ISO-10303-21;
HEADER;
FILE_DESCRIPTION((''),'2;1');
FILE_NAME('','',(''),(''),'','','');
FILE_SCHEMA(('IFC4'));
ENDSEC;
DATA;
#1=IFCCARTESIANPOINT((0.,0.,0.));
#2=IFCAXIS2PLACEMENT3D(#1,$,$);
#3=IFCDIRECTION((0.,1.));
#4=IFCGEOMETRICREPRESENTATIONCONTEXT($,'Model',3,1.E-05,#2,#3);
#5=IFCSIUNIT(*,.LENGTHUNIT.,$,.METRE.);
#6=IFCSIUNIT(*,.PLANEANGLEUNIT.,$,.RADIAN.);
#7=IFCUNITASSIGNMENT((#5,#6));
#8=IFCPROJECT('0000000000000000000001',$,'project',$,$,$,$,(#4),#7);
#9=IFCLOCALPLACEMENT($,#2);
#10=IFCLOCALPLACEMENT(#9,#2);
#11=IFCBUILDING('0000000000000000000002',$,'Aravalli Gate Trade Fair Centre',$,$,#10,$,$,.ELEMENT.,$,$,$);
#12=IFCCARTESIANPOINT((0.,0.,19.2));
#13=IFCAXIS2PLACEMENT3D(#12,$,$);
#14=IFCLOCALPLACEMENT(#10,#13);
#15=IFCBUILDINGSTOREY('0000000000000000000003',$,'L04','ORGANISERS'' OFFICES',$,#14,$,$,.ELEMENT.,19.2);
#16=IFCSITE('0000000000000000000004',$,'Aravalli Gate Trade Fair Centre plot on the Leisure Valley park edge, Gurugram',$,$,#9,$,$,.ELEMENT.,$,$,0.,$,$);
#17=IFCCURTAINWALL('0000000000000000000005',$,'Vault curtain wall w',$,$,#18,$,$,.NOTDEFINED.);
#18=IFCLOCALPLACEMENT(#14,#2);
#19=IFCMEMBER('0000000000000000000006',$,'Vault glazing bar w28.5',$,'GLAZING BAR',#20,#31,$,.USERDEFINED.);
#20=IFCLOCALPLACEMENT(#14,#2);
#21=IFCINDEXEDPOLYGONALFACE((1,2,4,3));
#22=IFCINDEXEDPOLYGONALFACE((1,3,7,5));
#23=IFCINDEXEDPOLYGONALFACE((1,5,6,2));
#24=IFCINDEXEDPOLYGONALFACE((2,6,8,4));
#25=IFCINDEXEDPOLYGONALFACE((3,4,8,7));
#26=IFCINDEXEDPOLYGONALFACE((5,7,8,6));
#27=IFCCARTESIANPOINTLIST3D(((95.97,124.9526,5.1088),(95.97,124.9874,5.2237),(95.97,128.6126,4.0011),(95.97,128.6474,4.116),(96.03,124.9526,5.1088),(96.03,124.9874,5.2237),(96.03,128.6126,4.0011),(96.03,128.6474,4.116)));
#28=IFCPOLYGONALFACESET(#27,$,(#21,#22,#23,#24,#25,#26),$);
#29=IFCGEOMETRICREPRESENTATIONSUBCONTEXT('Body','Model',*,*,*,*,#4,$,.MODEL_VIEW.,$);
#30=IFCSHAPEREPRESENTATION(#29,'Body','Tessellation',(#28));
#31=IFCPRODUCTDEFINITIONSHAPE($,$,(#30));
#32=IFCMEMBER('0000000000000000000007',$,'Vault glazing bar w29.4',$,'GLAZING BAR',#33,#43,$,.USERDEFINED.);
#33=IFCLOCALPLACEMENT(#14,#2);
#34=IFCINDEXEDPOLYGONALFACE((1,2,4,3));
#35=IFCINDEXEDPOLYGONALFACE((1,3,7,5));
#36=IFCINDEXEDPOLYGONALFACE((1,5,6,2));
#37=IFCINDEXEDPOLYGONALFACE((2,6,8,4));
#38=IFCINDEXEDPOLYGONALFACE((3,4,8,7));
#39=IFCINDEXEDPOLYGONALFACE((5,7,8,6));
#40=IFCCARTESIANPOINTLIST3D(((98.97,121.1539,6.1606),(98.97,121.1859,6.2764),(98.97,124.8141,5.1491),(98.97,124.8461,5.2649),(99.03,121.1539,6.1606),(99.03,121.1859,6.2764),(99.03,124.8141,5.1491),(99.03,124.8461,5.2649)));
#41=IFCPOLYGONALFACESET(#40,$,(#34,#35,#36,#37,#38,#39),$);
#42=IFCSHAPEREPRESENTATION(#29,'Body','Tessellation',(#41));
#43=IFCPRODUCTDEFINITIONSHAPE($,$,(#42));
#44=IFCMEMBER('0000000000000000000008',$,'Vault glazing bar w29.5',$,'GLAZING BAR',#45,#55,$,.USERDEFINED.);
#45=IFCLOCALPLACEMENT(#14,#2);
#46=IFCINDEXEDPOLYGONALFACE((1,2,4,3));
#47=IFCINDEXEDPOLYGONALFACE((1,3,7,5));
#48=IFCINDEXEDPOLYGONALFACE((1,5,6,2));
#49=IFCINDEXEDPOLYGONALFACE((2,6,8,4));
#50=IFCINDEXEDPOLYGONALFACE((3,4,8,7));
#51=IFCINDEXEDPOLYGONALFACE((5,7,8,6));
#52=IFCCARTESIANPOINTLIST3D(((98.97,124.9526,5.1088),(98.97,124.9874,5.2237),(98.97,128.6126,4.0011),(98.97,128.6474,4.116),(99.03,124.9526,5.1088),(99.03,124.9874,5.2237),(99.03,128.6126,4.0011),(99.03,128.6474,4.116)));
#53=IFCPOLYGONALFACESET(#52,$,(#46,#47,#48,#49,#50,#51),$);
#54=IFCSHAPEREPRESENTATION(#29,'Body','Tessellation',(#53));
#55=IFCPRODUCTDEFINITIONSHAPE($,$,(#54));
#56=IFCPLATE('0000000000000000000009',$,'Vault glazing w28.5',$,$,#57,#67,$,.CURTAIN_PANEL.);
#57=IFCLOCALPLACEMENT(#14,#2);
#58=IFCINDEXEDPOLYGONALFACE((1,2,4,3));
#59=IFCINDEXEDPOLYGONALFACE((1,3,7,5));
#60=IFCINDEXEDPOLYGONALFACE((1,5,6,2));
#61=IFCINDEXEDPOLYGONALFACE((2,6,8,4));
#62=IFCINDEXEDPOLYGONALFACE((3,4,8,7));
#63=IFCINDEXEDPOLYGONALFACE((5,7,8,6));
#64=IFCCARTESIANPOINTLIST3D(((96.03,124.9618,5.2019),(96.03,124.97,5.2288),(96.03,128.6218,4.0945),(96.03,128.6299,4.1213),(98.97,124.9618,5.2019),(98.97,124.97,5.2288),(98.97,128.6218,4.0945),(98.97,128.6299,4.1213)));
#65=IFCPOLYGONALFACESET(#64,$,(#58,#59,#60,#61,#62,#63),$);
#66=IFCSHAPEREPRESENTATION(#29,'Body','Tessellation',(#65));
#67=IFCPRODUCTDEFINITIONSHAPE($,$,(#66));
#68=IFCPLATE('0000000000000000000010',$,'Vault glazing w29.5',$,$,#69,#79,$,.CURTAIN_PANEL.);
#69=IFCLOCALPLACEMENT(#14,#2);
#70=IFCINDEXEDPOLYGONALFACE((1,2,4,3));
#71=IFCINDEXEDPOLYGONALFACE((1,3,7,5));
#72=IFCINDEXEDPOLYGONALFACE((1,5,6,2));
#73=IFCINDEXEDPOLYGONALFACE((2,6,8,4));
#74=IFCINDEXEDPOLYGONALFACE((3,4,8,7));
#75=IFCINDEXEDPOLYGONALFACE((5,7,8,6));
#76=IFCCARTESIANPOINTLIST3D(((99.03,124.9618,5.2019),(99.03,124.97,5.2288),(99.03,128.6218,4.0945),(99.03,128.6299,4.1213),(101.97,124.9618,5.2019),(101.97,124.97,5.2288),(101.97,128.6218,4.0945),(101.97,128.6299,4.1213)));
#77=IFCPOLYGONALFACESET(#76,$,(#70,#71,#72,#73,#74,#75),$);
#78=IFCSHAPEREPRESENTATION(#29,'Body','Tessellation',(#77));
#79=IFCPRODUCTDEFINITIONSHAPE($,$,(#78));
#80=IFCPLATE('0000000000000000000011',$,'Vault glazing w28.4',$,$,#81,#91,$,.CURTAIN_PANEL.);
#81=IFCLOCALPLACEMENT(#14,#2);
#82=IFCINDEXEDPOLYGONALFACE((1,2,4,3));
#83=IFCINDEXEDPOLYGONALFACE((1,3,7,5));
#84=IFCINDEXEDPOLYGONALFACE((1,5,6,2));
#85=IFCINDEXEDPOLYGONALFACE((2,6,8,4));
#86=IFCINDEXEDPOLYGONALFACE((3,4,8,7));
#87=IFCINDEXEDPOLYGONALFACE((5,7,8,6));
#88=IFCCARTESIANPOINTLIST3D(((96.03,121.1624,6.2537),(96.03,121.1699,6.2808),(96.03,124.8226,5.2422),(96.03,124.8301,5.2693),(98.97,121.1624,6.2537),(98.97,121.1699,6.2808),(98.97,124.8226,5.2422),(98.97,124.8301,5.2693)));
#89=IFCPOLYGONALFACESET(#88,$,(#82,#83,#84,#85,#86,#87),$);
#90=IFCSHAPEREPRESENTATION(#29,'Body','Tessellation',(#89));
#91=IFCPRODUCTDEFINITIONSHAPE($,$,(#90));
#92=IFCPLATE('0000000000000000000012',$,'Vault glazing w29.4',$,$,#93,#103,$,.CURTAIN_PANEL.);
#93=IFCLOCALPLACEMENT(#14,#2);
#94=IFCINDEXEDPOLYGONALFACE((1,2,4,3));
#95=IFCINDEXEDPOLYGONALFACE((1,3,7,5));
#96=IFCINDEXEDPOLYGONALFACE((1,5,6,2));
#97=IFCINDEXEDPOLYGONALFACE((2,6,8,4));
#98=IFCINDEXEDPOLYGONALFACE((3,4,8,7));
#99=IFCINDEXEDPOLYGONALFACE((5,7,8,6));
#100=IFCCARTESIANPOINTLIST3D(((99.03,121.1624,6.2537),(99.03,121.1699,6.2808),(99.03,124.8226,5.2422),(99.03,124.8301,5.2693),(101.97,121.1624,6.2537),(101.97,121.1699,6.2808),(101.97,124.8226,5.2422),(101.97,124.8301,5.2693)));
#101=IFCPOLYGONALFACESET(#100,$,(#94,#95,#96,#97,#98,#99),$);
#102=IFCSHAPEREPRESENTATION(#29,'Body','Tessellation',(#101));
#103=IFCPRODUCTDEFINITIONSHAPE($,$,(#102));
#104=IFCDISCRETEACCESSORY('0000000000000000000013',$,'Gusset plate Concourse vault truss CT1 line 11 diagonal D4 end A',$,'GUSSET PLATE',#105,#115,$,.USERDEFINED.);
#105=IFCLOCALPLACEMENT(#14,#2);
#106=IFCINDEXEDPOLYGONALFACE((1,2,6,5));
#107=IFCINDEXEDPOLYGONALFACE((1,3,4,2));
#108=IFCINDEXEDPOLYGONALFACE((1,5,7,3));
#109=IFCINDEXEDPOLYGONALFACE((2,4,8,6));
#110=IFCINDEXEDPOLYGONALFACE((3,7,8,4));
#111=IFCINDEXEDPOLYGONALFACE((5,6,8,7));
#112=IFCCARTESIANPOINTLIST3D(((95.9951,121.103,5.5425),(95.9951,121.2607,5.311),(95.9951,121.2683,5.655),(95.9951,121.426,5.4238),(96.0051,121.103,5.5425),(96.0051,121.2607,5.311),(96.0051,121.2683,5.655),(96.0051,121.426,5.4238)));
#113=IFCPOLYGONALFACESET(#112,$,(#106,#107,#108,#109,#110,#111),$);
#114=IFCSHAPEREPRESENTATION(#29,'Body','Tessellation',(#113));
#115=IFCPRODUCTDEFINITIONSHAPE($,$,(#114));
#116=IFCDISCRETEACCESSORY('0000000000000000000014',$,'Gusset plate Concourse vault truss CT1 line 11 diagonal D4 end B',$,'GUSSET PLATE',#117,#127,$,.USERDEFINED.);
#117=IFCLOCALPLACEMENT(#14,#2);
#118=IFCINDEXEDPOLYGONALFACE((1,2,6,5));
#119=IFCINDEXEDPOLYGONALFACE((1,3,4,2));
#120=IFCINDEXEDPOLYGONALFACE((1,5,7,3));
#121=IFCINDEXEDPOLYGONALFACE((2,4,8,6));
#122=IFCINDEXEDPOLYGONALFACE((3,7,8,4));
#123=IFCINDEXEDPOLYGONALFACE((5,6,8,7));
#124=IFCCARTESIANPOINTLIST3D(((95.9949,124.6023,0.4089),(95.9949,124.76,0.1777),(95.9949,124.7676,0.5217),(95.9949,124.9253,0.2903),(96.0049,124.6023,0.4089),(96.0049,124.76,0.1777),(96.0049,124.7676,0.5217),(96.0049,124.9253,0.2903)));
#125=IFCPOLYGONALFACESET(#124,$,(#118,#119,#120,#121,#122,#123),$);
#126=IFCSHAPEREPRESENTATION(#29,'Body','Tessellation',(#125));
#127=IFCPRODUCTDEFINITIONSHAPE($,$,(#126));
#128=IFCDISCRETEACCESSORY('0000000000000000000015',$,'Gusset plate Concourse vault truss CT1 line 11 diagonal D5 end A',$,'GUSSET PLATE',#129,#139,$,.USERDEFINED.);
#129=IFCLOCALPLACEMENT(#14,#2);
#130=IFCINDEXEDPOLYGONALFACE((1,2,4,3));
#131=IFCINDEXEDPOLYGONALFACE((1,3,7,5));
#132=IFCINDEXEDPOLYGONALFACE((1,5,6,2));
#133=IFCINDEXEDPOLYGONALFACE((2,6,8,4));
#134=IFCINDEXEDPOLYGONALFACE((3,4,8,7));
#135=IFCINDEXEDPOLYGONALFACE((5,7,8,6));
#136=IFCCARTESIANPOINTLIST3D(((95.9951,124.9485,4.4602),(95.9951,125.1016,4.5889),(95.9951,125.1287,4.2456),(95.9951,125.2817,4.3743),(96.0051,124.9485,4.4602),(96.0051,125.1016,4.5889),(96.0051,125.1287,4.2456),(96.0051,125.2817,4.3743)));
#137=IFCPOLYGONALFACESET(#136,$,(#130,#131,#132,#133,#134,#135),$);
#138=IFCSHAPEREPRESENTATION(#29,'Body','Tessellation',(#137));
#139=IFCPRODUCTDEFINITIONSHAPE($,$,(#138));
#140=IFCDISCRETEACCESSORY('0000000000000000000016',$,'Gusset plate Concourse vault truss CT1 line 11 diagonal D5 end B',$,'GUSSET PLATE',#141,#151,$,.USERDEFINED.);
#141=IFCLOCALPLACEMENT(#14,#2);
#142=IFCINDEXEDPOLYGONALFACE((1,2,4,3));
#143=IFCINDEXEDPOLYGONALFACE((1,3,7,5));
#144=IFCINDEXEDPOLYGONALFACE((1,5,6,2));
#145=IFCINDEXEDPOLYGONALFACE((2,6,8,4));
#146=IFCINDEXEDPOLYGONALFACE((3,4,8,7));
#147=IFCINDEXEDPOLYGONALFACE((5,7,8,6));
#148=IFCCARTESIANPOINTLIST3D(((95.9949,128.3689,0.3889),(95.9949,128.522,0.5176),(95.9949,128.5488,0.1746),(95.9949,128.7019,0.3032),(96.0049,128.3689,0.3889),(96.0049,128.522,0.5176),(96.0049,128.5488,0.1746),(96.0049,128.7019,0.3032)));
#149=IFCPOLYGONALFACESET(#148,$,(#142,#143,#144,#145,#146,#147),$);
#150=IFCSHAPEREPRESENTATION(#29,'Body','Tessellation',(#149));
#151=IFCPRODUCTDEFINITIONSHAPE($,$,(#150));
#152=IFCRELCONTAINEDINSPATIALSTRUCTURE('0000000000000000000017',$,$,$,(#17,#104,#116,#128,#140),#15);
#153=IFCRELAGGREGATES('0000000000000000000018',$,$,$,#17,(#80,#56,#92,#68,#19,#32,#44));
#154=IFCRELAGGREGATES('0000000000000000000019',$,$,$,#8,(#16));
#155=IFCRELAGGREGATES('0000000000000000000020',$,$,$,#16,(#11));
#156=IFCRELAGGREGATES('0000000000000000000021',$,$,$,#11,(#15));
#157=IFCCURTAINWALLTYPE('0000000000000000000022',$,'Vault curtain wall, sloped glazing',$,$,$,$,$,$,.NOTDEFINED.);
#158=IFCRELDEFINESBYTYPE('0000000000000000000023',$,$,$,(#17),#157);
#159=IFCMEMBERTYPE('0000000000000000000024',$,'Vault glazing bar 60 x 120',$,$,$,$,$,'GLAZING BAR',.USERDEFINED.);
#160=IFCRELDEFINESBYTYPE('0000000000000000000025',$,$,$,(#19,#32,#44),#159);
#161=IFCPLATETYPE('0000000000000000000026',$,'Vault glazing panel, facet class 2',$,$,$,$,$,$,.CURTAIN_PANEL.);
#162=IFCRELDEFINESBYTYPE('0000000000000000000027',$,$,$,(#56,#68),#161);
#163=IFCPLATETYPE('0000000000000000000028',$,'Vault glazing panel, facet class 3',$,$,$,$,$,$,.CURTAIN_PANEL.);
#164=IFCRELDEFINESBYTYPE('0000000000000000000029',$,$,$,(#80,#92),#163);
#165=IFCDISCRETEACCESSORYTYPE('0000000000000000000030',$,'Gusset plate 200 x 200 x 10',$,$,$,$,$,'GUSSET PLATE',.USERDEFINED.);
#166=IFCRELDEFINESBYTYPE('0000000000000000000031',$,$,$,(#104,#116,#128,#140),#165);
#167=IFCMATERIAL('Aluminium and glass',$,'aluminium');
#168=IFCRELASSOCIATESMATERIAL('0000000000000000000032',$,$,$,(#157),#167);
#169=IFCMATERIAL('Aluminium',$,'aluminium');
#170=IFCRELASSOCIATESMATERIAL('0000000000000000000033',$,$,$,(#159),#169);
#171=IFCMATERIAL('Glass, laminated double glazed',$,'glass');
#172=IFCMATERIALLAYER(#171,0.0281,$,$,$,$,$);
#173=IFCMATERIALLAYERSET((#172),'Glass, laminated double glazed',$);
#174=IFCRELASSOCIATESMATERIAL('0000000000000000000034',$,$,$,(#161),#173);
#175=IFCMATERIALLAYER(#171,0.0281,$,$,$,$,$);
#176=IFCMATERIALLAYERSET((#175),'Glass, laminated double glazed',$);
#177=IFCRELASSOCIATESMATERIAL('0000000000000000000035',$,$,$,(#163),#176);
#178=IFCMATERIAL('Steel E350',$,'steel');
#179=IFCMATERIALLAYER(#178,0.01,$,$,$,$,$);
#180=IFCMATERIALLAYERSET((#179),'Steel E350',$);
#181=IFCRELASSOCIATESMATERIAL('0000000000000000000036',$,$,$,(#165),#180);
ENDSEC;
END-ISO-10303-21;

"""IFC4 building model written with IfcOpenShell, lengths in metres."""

from ifc_helpers import new_model, si_unit, direction, frame, origin, origin_2d, place, context, subcontext, project, spatial, polyline, rectangle, outline, extrude, material, layer, layer_set, material_profile, profile_set, type_object, element, aggregate, save


model = new_model("IFC4")

# Units and contexts
model_context = context("Model", 3, precision=1e-05, world=origin(), true_north=direction((0.0, 1.0)))
body_context = subcontext(model_context, "Body", "Model", "MODEL_VIEW")
ifc_project = project(units=[si_unit("LENGTHUNIT", "METRE"), si_unit("PLANEANGLEUNIT", "RADIAN")], contexts=[model_context])

# Site, building, storey
site_placement = place(None, origin())
site = spatial("IfcSite", under=ifc_project, at=site_placement, Name="Aravalli Gate Trade Fair Centre plot on the Leisure Valley park edge, Gurugram", CompositionType="ELEMENT", RefElevation=0.0)
building_placement = place(site_placement, origin())
building = spatial("IfcBuilding", under=site, at=building_placement, Name="Aravalli Gate Trade Fair Centre", CompositionType="ELEMENT")
storey_placement = place(building_placement, frame((0.0, 0.0, 19.2)))
storey = spatial("IfcBuildingStorey", under=building, at=storey_placement, Name="L04", Description="ORGANISERS' OFFICES", CompositionType="ELEMENT", Elevation=19.2)

# Shared definitions
ifc_material_1 = material(Name="Steel E350", Category="steel")
ifc_material_2 = material(Name="Aluminium", Category="aluminium")

# Curtain wall, members, plates
ifc_material_3 = material(Name="Aluminium and glass", Category="aluminium")
curtain_wall_type = type_object("IfcCurtainWallType", Name="Vault curtain wall, sloped glazing", PredefinedType="NOTDEFINED", material=ifc_material_3)
curtain_wall_placement = place(storey_placement, origin())
curtain_wall = element("IfcCurtainWall", 1, at=curtain_wall_placement, inside=storey, type_object=curtain_wall_type, Name="Vault curtain wall w", PredefinedType="NOTDEFINED")
ifc_material_profile_1 = material_profile(ifc_material_2, rectangle(XDim=0.0601, YDim=0.1201, at=origin_2d()), Name="Vault glazing bar 60 x 120")
ifc_profile_set_1 = profile_set([ifc_material_profile_1], Name="Aluminium")
member_type_1 = type_object("IfcMemberType", Name="Vault glazing bar 60 x 120", ElementType="GLAZING BAR", PredefinedType="USERDEFINED", material=ifc_profile_set_1)
member_1_placement = place(storey_placement, frame((96.0, 124.97, 5.1663), z_axis=(0.0, 0.957126, -0.289672), x_axis=(-1.0, 0.0, 0.0)))
member_1 = element("IfcMember", 2, at=member_1_placement, type_object=member_type_1, Name="Vault glazing bar w28.5", ObjectType="GLAZING BAR", PredefinedType="USERDEFINED", context=body_context, shape_type="SweptSolid", body=[
    extrude(rectangle(XDim=0.0601, YDim=0.1201, at=origin_2d()), origin(), (0.0, 0.0, 1.0), 3.824),
])
member_2_placement = place(storey_placement, frame((99.0, 121.1699, 6.2185), z_axis=(0.0, 0.963873, -0.266364), x_axis=(-1.0, 0.0, 0.0)))
member_2 = element("IfcMember", 3, at=member_2_placement, type_object=member_type_1, Name="Vault glazing bar w29.4", ObjectType="GLAZING BAR", PredefinedType="USERDEFINED", context=body_context, shape_type="SweptSolid", body=[
    extrude(rectangle(XDim=0.0601, YDim=0.1201, at=origin_2d()), origin(), (0.0, 0.0, 1.0), 3.7974),
])
member_3_placement = place(storey_placement, frame((99.0, 124.97, 5.1663), z_axis=(0.0, 0.957126, -0.289672), x_axis=(-1.0, 0.0, 0.0)))
member_3 = element("IfcMember", 4, at=member_3_placement, type_object=member_type_1, Name="Vault glazing bar w29.5", ObjectType="GLAZING BAR", PredefinedType="USERDEFINED", context=body_context, shape_type="SweptSolid", body=[
    extrude(rectangle(XDim=0.0601, YDim=0.1201, at=origin_2d()), origin(), (0.0, 0.0, 1.0), 3.824),
])
ifc_material_4 = material(Name="Glass, laminated double glazed", Category="glass")
ifc_layer_1 = layer(ifc_material_4, 0.0281)
ifc_layer_set_1 = layer_set([ifc_layer_1], Name="Glass, laminated double glazed")
plate_type_1 = type_object("IfcPlateType", Name="Vault glazing panel, facet class 2", PredefinedType="CURTAIN_PANEL", material=ifc_layer_set_1)
plate_1_placement = place(storey_placement, frame((96.03, 124.97, 5.2288), z_axis=(0.0, 0.289614, 0.957144), x_axis=(1.0, 0.0, 0.0)))
plate_1 = element("IfcPlate", 5, at=plate_1_placement, type_object=plate_type_1, Name="Vault glazing w28.5", PredefinedType="CURTAIN_PANEL", context=body_context, shape_type="SweptSolid", body=[
    extrude(outline(polyline([(0.0, 0.0), (2.9399, 0.0), (2.9399, 3.8238), (0.0, 3.8238), (0.0, 0.0)])), origin(), (0.0, 0.0, -1.0), 0.0281),
])
plate_2_placement = place(storey_placement, frame((99.03, 124.97, 5.2288), z_axis=(0.0, 0.289614, 0.957144), x_axis=(1.0, 0.0, 0.0)))
plate_2 = element("IfcPlate", 6, at=plate_2_placement, type_object=plate_type_1, Name="Vault glazing w29.5", PredefinedType="CURTAIN_PANEL", context=body_context, shape_type="SweptSolid", body=[
    extrude(outline(polyline([(0.0, 0.0), (2.9399, 0.0), (2.9399, 3.8238), (0.0, 3.8238), (0.0, 0.0)])), origin(), (0.0, 0.0, -1.0), 0.0281),
])
ifc_layer_2 = layer(ifc_material_4, 0.0281)
ifc_layer_set_2 = layer_set([ifc_layer_2], Name="Glass, laminated double glazed")
plate_type_2 = type_object("IfcPlateType", Name="Vault glazing panel, facet class 3", PredefinedType="CURTAIN_PANEL", material=ifc_layer_set_2)
plate_3_placement = place(storey_placement, frame((96.03, 121.1699, 6.2808), z_axis=(0.0, 0.266364, 0.963873), x_axis=(1.0, 0.0, 0.0)))
plate_3 = element("IfcPlate", 7, at=plate_3_placement, type_object=plate_type_2, Name="Vault glazing w28.4", PredefinedType="CURTAIN_PANEL", context=body_context, shape_type="SweptSolid", body=[
    extrude(outline(polyline([(0.0, 0.0), (2.9399, 0.0), (2.9399, 3.7973), (0.0, 3.7973), (0.0, 0.0)])), origin(), (0.0, 0.0, -1.0), 0.0281),
])
plate_4_placement = place(storey_placement, frame((99.03, 121.1699, 6.2808), z_axis=(0.0, 0.266364, 0.963873), x_axis=(1.0, 0.0, 0.0)))
plate_4 = element("IfcPlate", 8, at=plate_4_placement, type_object=plate_type_2, Name="Vault glazing w29.4", PredefinedType="CURTAIN_PANEL", context=body_context, shape_type="SweptSolid", body=[
    extrude(outline(polyline([(0.0, 0.0), (2.9399, 0.0), (2.9399, 3.7973), (0.0, 3.7973), (0.0, 0.0)])), origin(), (0.0, 0.0, -1.0), 0.0281),
])
aggregate(curtain_wall, [plate_3, plate_1, plate_4, plate_2, member_1, member_2, member_3])

# Discrete accessories
ifc_layer_3 = layer(ifc_material_1, 0.01)
ifc_layer_set_3 = layer_set([ifc_layer_3], Name="Steel E350")
discrete_accessory_type = type_object("IfcDiscreteAccessoryType", Name="Gusset plate 200 x 200 x 10", ElementType="GUSSET PLATE", PredefinedType="USERDEFINED", material=ifc_layer_set_3)
discrete_accessory_1_placement = place(storey_placement, frame((95.9951, 121.2607, 5.311), z_axis=(-1.0, 0.0, 0.0), x_axis=(0.0, -0.56312, 0.826375)))
element("IfcDiscreteAccessory", 9, at=discrete_accessory_1_placement, inside=storey, type_object=discrete_accessory_type, Name="Gusset plate Concourse vault truss CT1 line 11 diagonal D4 end A", ObjectType="GUSSET PLATE", PredefinedType="USERDEFINED", context=body_context, shape_type="SweptSolid", body=[
    extrude(outline(polyline([(0.0, 0.0), (0.2801, 0.0), (0.28, 0.2), (0.0001, 0.2001), (0.0, 0.0)])), origin(), (0.0, 0.0, -1.0), 0.01),
])
discrete_accessory_2_placement = place(storey_placement, frame((96.0049, 124.6023, 0.4089), z_axis=(1.0, 0.0, 0.0), x_axis=(0.0, 0.563526, -0.826098)))
element("IfcDiscreteAccessory", 10, at=discrete_accessory_2_placement, inside=storey, type_object=discrete_accessory_type, Name="Gusset plate Concourse vault truss CT1 line 11 diagonal D4 end B", ObjectType="GUSSET PLATE", PredefinedType="USERDEFINED", context=body_context, shape_type="SweptSolid", body=[
    extrude(outline(polyline([(0.0, 0.0), (0.2799, 0.0), (0.28, 0.2), (0.0, 0.2001), (0.0, 0.0)])), origin(), (0.0, 0.0, -1.0), 0.01),
])
discrete_accessory_3_placement = place(storey_placement, frame((95.9951, 125.1287, 4.2456), z_axis=(-1.0, 0.0, 0.0), x_axis=(0.0, -0.643008, 0.765859)))
element("IfcDiscreteAccessory", 11, at=discrete_accessory_3_placement, inside=storey, type_object=discrete_accessory_type, Name="Gusset plate Concourse vault truss CT1 line 11 diagonal D5 end A", ObjectType="GUSSET PLATE", PredefinedType="USERDEFINED", context=body_context, shape_type="SweptSolid", body=[
    extrude(outline(polyline([(0.0, 0.0), (0.2802, 0.0), (0.2803, 0.2), (0.0001, 0.2), (0.0, 0.0)])), origin(), (0.0, 0.0, -1.0), 0.01),
])
discrete_accessory_4_placement = place(storey_placement, frame((96.0049, 128.3689, 0.3889), z_axis=(1.0, 0.0, 0.0), x_axis=(0.0, 0.642926, -0.765928)))
element("IfcDiscreteAccessory", 12, at=discrete_accessory_4_placement, inside=storey, type_object=discrete_accessory_type, Name="Gusset plate Concourse vault truss CT1 line 11 diagonal D5 end B", ObjectType="GUSSET PLATE", PredefinedType="USERDEFINED", context=body_context, shape_type="SweptSolid", body=[
    extrude(outline(polyline([(0.0, 0.0), (0.2799, 0.0), (0.2797, 0.2), (-0.0001, 0.2), (0.0, 0.0)])), origin(), (0.0, 0.0, -1.0), 0.01),
])

save(model, "model.ifc")
